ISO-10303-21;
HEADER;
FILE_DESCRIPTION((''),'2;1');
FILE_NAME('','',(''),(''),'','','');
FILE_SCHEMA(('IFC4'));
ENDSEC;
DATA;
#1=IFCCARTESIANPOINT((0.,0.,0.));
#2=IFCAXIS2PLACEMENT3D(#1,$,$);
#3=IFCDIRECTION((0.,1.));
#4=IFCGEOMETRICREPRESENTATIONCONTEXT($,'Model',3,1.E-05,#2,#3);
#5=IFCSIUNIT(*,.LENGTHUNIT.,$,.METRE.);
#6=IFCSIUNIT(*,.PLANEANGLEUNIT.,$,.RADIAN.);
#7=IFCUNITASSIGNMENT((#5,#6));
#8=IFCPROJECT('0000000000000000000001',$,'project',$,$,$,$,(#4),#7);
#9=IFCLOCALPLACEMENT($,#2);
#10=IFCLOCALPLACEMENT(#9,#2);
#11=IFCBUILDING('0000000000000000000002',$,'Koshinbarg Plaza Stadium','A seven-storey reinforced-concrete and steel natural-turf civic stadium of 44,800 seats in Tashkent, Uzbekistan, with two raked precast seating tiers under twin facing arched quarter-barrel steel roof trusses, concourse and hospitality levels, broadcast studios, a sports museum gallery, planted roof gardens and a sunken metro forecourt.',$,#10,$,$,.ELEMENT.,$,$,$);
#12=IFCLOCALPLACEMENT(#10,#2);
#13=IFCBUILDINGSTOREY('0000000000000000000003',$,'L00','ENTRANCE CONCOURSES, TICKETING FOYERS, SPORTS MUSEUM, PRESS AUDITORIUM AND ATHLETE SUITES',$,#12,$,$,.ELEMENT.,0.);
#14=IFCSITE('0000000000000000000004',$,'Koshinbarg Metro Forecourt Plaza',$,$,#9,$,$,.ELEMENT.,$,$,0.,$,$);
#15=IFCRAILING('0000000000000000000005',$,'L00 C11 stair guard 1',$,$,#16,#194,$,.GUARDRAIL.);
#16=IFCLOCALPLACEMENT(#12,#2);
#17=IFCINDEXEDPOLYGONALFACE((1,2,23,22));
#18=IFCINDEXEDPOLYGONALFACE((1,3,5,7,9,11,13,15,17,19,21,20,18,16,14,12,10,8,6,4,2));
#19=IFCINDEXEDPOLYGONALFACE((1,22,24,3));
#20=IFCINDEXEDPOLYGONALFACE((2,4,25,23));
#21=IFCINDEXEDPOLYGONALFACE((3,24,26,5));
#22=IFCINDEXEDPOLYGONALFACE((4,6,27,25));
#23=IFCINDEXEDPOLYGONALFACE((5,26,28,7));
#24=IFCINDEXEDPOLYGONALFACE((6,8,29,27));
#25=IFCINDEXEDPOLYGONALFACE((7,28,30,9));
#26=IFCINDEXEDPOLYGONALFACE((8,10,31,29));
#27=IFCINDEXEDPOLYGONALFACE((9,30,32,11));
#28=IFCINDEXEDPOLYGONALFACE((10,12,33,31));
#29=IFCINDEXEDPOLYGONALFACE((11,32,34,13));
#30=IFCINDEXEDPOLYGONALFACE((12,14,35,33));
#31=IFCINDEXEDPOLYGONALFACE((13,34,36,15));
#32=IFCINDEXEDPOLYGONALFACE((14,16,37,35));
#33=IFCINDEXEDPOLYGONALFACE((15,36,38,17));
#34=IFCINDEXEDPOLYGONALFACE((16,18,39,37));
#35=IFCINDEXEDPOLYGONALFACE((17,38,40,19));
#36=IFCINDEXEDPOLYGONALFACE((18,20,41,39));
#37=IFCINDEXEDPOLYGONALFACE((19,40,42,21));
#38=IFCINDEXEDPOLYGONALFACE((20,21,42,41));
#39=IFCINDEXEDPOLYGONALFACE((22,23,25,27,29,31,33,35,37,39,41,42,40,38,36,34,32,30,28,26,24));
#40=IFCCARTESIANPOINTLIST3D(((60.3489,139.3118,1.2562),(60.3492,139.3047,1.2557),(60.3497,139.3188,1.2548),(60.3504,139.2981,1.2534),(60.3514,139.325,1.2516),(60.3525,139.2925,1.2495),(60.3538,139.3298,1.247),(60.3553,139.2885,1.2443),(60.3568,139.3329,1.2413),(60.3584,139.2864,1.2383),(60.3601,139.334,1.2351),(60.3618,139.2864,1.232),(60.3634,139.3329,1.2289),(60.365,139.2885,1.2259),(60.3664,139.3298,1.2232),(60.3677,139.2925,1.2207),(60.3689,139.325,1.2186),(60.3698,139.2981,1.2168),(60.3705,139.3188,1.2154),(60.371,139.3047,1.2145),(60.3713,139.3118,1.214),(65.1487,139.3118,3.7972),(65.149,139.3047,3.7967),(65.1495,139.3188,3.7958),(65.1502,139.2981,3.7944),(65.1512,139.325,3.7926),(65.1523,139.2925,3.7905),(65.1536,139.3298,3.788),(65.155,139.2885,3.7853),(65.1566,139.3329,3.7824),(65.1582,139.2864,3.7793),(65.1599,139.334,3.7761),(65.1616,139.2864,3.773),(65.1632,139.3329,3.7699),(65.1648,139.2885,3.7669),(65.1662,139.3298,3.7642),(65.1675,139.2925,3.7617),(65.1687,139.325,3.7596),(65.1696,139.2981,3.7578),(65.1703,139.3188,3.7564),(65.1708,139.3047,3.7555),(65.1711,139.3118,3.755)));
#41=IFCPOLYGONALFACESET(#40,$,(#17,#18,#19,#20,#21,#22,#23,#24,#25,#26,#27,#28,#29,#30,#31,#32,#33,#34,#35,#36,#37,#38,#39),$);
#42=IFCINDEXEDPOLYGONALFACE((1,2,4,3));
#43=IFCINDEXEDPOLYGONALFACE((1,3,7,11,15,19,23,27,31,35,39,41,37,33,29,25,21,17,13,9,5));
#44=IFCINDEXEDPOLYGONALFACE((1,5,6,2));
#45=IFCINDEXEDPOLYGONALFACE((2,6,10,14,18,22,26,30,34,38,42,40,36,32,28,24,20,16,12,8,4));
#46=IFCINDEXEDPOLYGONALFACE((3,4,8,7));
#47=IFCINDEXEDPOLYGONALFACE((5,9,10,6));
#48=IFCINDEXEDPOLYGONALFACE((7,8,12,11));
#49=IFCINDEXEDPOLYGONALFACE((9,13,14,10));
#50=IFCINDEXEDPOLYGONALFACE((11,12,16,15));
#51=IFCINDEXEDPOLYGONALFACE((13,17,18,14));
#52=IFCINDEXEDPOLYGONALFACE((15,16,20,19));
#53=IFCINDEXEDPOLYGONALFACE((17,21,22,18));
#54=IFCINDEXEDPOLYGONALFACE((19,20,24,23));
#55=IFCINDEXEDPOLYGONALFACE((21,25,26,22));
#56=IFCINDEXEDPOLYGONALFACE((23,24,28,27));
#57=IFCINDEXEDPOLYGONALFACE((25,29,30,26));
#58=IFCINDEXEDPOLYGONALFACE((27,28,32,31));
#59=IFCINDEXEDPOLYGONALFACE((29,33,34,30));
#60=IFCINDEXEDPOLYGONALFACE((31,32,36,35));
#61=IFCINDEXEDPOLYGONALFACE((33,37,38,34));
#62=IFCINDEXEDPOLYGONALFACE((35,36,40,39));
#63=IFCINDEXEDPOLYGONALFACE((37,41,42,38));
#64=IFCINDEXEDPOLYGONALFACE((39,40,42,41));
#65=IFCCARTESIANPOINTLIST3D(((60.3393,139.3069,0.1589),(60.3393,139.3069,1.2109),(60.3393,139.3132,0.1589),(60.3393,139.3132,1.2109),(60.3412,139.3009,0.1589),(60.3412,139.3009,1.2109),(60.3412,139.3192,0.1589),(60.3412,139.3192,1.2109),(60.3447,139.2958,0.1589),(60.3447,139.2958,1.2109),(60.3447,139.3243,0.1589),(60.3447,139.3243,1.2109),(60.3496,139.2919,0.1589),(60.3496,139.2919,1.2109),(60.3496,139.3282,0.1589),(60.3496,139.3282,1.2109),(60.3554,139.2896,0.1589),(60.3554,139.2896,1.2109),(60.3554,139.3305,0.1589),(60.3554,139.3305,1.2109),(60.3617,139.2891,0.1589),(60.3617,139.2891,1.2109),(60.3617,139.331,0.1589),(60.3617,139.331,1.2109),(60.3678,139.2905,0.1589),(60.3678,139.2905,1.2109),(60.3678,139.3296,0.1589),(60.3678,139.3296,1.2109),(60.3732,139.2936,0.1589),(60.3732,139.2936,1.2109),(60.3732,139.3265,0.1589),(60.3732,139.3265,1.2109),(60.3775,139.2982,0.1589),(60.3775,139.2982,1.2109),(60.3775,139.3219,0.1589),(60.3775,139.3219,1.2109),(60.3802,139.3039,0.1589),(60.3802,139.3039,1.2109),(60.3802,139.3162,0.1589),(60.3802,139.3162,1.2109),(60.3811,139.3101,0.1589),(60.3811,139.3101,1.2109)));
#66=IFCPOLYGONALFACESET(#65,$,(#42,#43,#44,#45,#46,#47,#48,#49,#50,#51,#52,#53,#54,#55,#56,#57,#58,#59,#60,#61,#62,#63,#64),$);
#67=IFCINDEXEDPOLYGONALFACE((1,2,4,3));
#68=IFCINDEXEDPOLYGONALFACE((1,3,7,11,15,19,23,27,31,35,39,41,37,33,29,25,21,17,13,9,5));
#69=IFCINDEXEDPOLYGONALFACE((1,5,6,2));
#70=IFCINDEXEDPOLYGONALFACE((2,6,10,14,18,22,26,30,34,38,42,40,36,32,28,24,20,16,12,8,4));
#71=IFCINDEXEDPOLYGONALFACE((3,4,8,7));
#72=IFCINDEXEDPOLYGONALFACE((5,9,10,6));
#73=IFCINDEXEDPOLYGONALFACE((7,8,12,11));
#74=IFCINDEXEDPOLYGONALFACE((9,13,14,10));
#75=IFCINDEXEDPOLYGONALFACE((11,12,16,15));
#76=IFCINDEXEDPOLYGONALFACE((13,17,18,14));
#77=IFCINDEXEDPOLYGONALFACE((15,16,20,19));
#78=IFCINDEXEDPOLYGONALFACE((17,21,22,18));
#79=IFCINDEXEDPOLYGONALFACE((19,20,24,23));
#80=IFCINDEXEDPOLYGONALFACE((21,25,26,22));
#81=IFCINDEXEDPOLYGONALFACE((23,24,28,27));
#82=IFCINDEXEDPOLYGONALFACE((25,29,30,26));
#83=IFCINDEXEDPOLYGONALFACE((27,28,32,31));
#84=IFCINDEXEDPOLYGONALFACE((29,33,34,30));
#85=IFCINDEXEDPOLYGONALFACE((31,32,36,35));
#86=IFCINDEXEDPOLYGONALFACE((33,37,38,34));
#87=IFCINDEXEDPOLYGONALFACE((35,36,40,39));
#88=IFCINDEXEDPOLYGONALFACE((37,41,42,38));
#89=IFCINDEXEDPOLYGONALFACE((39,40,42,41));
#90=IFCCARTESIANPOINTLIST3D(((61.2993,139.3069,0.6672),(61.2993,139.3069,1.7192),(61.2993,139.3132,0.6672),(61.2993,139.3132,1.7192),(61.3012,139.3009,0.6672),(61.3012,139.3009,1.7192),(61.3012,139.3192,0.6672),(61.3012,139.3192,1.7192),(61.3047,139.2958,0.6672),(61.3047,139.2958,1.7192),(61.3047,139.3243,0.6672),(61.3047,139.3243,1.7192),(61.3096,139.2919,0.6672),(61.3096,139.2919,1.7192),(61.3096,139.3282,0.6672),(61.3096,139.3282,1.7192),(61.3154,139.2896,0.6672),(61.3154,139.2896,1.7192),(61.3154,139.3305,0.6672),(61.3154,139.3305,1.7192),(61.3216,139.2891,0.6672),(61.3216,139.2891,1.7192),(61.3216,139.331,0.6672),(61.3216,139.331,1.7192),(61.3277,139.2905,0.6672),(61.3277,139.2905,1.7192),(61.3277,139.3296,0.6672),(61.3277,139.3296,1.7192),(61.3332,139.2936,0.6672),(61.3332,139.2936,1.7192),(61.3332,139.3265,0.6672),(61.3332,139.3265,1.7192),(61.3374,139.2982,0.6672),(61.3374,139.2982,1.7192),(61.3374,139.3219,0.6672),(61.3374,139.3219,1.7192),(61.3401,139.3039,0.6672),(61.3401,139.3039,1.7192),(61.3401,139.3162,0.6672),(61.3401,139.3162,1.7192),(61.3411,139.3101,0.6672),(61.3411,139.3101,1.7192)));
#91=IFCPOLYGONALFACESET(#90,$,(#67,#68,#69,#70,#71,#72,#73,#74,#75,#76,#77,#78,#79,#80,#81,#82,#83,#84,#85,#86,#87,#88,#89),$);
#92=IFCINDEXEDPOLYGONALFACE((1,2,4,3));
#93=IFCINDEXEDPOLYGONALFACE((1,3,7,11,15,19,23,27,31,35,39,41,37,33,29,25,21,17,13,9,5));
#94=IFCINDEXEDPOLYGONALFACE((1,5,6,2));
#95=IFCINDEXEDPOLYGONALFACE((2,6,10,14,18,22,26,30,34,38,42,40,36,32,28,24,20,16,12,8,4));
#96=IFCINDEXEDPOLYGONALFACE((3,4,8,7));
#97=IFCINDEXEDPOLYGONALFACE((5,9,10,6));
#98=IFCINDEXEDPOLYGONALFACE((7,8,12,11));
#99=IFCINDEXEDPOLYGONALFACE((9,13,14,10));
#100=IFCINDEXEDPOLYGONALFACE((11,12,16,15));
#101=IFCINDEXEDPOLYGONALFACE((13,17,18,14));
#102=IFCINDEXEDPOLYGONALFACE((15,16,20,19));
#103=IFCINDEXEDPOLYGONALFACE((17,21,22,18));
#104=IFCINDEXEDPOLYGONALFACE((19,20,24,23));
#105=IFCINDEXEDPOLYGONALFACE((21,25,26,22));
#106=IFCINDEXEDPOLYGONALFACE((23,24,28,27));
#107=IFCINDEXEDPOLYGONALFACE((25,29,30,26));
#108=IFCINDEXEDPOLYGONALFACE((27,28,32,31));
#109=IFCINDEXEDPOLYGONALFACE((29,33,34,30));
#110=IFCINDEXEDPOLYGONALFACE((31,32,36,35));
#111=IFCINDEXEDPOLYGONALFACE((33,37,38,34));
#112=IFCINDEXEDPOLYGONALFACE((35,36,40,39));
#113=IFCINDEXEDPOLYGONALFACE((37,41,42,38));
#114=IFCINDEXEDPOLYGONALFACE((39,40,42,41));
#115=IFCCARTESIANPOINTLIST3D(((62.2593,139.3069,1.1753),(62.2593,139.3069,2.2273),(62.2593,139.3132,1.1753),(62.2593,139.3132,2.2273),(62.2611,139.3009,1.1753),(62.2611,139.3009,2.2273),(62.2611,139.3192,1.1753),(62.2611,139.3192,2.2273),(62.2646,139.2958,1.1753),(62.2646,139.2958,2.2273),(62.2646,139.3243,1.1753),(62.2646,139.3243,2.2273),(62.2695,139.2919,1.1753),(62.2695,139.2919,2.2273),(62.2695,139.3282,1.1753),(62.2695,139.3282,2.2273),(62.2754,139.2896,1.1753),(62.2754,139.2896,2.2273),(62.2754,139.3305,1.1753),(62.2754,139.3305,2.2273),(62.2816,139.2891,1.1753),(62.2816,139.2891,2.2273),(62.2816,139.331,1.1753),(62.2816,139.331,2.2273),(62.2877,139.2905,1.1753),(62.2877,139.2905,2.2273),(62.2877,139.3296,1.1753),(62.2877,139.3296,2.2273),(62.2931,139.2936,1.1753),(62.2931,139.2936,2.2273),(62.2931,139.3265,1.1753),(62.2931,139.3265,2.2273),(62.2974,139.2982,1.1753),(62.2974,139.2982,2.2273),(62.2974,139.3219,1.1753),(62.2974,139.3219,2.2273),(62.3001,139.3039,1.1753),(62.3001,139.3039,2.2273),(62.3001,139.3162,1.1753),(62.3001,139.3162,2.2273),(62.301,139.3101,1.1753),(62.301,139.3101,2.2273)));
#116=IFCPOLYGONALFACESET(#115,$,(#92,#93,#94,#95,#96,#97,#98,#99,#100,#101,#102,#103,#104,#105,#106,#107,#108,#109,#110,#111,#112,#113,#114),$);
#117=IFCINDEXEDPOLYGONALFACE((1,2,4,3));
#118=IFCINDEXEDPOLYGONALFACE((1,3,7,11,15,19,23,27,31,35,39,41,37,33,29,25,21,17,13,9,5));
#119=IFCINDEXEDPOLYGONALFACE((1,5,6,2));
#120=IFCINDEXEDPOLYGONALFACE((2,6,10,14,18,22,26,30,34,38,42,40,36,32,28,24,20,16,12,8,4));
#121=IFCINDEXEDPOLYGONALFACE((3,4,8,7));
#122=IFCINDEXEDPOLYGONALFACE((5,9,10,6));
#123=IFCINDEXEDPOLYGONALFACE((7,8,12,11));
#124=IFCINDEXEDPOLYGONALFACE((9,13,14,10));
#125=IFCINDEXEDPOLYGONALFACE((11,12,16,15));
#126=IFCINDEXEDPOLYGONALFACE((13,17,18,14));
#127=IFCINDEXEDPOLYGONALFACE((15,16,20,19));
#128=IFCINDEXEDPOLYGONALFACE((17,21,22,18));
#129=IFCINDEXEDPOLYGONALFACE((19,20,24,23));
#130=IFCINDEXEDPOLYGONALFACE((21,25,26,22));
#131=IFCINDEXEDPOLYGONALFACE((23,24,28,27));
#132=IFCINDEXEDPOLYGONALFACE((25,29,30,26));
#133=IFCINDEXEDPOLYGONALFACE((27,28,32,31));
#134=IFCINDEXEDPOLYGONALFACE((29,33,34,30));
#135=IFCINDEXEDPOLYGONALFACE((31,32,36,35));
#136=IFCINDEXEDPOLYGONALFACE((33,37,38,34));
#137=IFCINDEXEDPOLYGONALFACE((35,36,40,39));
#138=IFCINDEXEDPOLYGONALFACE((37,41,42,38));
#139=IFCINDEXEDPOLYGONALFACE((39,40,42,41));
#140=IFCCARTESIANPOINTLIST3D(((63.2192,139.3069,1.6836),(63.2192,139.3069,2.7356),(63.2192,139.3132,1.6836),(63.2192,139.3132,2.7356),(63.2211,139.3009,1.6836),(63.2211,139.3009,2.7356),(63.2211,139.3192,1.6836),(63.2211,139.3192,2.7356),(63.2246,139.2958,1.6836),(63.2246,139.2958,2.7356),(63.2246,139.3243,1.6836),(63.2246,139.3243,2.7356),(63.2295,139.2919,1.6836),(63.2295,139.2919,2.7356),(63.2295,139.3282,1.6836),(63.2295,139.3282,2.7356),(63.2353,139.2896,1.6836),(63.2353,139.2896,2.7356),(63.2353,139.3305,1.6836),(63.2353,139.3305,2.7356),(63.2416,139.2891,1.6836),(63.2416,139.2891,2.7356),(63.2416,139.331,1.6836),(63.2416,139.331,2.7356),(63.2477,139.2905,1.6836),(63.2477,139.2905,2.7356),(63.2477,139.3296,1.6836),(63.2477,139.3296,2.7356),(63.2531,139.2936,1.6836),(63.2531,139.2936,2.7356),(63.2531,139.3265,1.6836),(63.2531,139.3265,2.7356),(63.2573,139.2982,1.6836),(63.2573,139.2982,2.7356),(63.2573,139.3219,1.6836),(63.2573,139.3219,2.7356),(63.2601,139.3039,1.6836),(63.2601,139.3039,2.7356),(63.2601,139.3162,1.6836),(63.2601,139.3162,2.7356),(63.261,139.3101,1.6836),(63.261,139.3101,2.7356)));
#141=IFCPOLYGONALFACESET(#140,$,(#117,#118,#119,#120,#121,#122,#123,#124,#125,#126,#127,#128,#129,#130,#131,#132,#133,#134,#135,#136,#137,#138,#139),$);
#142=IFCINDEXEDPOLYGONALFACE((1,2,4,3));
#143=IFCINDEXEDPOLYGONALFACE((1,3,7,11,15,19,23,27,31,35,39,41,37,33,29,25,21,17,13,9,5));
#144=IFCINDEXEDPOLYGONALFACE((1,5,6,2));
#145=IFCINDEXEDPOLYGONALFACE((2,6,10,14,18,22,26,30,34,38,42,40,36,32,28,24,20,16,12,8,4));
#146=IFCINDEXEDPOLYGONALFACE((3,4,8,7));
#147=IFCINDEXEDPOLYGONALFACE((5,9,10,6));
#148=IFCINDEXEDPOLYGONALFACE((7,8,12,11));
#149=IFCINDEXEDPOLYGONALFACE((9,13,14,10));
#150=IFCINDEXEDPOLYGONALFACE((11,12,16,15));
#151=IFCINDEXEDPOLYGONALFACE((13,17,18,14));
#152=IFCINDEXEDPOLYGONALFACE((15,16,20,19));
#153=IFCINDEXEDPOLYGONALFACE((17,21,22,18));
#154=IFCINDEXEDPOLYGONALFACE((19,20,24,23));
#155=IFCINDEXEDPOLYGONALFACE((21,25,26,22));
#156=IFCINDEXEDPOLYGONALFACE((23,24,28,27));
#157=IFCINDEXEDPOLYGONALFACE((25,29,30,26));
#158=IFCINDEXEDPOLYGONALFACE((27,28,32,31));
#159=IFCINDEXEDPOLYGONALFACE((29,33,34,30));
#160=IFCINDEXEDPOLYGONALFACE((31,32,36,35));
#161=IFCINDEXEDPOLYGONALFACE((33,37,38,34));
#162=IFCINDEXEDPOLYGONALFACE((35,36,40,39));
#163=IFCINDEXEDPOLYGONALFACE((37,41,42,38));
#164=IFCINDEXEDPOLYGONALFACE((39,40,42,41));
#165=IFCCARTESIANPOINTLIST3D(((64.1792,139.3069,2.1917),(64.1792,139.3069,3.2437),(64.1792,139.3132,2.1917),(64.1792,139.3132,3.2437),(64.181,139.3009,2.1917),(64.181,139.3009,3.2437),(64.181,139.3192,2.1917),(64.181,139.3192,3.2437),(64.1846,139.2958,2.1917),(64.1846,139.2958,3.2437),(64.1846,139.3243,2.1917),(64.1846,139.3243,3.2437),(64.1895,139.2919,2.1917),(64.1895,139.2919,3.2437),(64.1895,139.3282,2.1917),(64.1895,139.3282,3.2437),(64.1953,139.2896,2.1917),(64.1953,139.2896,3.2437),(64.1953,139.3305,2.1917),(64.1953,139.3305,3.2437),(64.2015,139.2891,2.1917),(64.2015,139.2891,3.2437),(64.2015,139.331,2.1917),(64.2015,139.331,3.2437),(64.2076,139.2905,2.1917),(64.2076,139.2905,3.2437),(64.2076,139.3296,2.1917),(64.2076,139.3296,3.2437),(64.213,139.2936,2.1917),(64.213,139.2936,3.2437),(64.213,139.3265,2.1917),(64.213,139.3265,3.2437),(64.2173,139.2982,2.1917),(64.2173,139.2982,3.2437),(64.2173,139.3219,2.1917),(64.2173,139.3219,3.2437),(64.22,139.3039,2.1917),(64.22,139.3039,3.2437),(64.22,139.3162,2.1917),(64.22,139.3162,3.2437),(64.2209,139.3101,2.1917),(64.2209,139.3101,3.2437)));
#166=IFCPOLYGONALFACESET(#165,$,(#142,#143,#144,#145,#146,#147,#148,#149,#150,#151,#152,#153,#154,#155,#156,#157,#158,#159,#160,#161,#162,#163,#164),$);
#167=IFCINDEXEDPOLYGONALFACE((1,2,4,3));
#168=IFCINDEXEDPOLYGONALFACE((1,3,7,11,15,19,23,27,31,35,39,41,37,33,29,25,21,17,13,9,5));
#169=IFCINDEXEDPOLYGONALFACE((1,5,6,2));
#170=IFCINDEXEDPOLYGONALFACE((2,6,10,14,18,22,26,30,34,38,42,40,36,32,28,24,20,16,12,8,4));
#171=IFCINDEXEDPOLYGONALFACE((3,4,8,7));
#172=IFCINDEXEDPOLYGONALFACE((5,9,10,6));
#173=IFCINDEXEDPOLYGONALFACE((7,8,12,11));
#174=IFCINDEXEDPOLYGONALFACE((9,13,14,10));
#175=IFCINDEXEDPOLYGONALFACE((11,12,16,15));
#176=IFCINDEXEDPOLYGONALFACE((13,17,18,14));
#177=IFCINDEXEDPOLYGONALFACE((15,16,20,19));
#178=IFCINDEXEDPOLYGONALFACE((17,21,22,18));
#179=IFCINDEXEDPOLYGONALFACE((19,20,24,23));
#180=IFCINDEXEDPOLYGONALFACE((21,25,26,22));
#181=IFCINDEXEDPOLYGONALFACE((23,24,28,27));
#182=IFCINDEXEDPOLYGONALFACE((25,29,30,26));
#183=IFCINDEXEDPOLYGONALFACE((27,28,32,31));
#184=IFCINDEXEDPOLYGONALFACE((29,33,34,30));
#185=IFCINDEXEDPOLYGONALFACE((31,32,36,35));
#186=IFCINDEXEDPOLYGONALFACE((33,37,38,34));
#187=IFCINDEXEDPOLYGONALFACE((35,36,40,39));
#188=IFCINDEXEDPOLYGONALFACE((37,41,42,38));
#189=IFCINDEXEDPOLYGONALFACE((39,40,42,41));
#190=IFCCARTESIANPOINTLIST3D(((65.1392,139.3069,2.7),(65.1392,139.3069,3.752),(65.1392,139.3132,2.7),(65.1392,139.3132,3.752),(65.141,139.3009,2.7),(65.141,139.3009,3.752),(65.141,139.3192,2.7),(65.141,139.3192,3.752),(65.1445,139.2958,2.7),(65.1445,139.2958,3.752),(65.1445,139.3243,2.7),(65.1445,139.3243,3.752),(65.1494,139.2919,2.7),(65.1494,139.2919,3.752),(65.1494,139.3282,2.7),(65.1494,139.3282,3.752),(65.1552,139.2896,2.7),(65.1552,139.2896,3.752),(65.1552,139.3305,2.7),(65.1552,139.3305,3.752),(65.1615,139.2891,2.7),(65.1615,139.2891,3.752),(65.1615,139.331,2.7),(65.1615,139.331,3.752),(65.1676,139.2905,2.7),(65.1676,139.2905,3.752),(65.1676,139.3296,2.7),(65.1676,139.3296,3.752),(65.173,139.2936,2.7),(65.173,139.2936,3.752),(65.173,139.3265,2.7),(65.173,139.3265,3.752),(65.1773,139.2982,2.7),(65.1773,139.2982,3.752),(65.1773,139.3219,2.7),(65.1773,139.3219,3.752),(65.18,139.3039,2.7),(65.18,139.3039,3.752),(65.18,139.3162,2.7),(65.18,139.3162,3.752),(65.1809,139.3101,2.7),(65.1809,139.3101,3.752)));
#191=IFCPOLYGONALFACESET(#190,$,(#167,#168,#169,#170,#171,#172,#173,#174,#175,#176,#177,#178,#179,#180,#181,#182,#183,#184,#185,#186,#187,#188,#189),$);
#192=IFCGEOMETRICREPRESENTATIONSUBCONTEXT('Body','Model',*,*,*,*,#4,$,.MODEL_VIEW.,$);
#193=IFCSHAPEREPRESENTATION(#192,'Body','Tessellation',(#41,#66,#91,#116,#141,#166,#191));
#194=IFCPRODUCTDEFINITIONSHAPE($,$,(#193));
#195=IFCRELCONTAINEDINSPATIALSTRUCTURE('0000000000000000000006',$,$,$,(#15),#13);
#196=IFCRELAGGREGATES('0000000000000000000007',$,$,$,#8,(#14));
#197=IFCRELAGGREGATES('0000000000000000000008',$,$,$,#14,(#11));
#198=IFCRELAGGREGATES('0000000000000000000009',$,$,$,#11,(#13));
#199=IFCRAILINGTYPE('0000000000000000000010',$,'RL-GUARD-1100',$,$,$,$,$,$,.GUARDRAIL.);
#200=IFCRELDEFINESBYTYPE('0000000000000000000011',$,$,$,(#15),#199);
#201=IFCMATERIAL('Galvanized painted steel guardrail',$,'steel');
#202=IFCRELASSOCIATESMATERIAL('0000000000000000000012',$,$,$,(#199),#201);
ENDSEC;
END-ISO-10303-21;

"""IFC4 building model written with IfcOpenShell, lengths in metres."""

from ifc_helpers import new_model, si_unit, direction, frame, origin, origin_2d, place, context, subcontext, project, spatial, circle, extrude, material, type_object, element, save


model = new_model("IFC4")

# Units and contexts
model_context = context("Model", 3, precision=1e-05, world=origin(), true_north=direction((0.0, 1.0)))
body_context = subcontext(model_context, "Body", "Model", "MODEL_VIEW")
ifc_project = project(units=[si_unit("LENGTHUNIT", "METRE"), si_unit("PLANEANGLEUNIT", "RADIAN")], contexts=[model_context])

# Site, building, storey
site_placement = place(None, origin())
site = spatial("IfcSite", under=ifc_project, at=site_placement, Name="Koshinbarg Metro Forecourt Plaza", CompositionType="ELEMENT", RefElevation=0.0)
building_placement = place(site_placement, origin())
building = spatial("IfcBuilding", under=site, at=building_placement, Name="Koshinbarg Plaza Stadium", Description="A seven-storey reinforced-concrete and steel natural-turf civic stadium of 44,800 seats in Tashkent, Uzbekistan, with two raked precast seating tiers under twin facing arched quarter-barrel steel roof trusses, concourse and hospitality levels, broadcast studios, a sports museum gallery, planted roof gardens and a sunken metro forecourt.", CompositionType="ELEMENT")
storey_placement = place(building_placement, origin())
storey = spatial("IfcBuildingStorey", under=building, at=storey_placement, Name="L00", Description="ENTRANCE CONCOURSES, TICKETING FOYERS, SPORTS MUSEUM, PRESS AUDITORIUM AND ATHLETE SUITES", CompositionType="ELEMENT", Elevation=0.0)

# Railing
ifc_material_1 = material(Name="Galvanized painted steel guardrail", Category="steel")
railing_type_1 = type_object("IfcRailingType", Name="RL-GUARD-1100", PredefinedType="GUARDRAIL", material=ifc_material_1)
railing_1_placement = place(storey_placement, frame((60.3601, 139.3101, 0.1589)))
element("IfcRailing", 1, at=railing_1_placement, inside=storey, type_object=railing_type_1, Name="L00 C11 stair guard 1", PredefinedType="GUARDRAIL", context=body_context, shape_type="SweptSolid", body=[
    extrude(circle(Radius=0.0239, at=origin_2d()), frame((0.0, 0.0, 1.0762), z_axis=(0.883792, 0.0, 0.467879), x_axis=(0.0, 1.0, 0.0)), (0.0, 0.0, 1.0), 5.4309),
    extrude(circle(Radius=0.021, at=origin_2d()), origin(), (0.0, 0.0, 1.0), 1.052),
    extrude(circle(Radius=0.021, at=origin_2d()), frame((0.96, 0.0, 0.5083)), (0.0, 0.0, 1.0), 1.052),
    extrude(circle(Radius=0.021, at=origin_2d()), frame((1.9199, 0.0, 1.0164)), (0.0, 0.0, 1.0), 1.052),
    extrude(circle(Radius=0.021, at=origin_2d()), frame((2.8799, 0.0, 1.5247)), (0.0, 0.0, 1.0), 1.052),
    extrude(circle(Radius=0.021, at=origin_2d()), frame((3.8398, 0.0, 2.0327)), (0.0, 0.0, 1.0), 1.052),
    extrude(circle(Radius=0.021, at=origin_2d()), frame((4.7998, 0.0, 2.541)), (0.0, 0.0, 1.0), 1.052),
])

save(model, "model.ifc")
